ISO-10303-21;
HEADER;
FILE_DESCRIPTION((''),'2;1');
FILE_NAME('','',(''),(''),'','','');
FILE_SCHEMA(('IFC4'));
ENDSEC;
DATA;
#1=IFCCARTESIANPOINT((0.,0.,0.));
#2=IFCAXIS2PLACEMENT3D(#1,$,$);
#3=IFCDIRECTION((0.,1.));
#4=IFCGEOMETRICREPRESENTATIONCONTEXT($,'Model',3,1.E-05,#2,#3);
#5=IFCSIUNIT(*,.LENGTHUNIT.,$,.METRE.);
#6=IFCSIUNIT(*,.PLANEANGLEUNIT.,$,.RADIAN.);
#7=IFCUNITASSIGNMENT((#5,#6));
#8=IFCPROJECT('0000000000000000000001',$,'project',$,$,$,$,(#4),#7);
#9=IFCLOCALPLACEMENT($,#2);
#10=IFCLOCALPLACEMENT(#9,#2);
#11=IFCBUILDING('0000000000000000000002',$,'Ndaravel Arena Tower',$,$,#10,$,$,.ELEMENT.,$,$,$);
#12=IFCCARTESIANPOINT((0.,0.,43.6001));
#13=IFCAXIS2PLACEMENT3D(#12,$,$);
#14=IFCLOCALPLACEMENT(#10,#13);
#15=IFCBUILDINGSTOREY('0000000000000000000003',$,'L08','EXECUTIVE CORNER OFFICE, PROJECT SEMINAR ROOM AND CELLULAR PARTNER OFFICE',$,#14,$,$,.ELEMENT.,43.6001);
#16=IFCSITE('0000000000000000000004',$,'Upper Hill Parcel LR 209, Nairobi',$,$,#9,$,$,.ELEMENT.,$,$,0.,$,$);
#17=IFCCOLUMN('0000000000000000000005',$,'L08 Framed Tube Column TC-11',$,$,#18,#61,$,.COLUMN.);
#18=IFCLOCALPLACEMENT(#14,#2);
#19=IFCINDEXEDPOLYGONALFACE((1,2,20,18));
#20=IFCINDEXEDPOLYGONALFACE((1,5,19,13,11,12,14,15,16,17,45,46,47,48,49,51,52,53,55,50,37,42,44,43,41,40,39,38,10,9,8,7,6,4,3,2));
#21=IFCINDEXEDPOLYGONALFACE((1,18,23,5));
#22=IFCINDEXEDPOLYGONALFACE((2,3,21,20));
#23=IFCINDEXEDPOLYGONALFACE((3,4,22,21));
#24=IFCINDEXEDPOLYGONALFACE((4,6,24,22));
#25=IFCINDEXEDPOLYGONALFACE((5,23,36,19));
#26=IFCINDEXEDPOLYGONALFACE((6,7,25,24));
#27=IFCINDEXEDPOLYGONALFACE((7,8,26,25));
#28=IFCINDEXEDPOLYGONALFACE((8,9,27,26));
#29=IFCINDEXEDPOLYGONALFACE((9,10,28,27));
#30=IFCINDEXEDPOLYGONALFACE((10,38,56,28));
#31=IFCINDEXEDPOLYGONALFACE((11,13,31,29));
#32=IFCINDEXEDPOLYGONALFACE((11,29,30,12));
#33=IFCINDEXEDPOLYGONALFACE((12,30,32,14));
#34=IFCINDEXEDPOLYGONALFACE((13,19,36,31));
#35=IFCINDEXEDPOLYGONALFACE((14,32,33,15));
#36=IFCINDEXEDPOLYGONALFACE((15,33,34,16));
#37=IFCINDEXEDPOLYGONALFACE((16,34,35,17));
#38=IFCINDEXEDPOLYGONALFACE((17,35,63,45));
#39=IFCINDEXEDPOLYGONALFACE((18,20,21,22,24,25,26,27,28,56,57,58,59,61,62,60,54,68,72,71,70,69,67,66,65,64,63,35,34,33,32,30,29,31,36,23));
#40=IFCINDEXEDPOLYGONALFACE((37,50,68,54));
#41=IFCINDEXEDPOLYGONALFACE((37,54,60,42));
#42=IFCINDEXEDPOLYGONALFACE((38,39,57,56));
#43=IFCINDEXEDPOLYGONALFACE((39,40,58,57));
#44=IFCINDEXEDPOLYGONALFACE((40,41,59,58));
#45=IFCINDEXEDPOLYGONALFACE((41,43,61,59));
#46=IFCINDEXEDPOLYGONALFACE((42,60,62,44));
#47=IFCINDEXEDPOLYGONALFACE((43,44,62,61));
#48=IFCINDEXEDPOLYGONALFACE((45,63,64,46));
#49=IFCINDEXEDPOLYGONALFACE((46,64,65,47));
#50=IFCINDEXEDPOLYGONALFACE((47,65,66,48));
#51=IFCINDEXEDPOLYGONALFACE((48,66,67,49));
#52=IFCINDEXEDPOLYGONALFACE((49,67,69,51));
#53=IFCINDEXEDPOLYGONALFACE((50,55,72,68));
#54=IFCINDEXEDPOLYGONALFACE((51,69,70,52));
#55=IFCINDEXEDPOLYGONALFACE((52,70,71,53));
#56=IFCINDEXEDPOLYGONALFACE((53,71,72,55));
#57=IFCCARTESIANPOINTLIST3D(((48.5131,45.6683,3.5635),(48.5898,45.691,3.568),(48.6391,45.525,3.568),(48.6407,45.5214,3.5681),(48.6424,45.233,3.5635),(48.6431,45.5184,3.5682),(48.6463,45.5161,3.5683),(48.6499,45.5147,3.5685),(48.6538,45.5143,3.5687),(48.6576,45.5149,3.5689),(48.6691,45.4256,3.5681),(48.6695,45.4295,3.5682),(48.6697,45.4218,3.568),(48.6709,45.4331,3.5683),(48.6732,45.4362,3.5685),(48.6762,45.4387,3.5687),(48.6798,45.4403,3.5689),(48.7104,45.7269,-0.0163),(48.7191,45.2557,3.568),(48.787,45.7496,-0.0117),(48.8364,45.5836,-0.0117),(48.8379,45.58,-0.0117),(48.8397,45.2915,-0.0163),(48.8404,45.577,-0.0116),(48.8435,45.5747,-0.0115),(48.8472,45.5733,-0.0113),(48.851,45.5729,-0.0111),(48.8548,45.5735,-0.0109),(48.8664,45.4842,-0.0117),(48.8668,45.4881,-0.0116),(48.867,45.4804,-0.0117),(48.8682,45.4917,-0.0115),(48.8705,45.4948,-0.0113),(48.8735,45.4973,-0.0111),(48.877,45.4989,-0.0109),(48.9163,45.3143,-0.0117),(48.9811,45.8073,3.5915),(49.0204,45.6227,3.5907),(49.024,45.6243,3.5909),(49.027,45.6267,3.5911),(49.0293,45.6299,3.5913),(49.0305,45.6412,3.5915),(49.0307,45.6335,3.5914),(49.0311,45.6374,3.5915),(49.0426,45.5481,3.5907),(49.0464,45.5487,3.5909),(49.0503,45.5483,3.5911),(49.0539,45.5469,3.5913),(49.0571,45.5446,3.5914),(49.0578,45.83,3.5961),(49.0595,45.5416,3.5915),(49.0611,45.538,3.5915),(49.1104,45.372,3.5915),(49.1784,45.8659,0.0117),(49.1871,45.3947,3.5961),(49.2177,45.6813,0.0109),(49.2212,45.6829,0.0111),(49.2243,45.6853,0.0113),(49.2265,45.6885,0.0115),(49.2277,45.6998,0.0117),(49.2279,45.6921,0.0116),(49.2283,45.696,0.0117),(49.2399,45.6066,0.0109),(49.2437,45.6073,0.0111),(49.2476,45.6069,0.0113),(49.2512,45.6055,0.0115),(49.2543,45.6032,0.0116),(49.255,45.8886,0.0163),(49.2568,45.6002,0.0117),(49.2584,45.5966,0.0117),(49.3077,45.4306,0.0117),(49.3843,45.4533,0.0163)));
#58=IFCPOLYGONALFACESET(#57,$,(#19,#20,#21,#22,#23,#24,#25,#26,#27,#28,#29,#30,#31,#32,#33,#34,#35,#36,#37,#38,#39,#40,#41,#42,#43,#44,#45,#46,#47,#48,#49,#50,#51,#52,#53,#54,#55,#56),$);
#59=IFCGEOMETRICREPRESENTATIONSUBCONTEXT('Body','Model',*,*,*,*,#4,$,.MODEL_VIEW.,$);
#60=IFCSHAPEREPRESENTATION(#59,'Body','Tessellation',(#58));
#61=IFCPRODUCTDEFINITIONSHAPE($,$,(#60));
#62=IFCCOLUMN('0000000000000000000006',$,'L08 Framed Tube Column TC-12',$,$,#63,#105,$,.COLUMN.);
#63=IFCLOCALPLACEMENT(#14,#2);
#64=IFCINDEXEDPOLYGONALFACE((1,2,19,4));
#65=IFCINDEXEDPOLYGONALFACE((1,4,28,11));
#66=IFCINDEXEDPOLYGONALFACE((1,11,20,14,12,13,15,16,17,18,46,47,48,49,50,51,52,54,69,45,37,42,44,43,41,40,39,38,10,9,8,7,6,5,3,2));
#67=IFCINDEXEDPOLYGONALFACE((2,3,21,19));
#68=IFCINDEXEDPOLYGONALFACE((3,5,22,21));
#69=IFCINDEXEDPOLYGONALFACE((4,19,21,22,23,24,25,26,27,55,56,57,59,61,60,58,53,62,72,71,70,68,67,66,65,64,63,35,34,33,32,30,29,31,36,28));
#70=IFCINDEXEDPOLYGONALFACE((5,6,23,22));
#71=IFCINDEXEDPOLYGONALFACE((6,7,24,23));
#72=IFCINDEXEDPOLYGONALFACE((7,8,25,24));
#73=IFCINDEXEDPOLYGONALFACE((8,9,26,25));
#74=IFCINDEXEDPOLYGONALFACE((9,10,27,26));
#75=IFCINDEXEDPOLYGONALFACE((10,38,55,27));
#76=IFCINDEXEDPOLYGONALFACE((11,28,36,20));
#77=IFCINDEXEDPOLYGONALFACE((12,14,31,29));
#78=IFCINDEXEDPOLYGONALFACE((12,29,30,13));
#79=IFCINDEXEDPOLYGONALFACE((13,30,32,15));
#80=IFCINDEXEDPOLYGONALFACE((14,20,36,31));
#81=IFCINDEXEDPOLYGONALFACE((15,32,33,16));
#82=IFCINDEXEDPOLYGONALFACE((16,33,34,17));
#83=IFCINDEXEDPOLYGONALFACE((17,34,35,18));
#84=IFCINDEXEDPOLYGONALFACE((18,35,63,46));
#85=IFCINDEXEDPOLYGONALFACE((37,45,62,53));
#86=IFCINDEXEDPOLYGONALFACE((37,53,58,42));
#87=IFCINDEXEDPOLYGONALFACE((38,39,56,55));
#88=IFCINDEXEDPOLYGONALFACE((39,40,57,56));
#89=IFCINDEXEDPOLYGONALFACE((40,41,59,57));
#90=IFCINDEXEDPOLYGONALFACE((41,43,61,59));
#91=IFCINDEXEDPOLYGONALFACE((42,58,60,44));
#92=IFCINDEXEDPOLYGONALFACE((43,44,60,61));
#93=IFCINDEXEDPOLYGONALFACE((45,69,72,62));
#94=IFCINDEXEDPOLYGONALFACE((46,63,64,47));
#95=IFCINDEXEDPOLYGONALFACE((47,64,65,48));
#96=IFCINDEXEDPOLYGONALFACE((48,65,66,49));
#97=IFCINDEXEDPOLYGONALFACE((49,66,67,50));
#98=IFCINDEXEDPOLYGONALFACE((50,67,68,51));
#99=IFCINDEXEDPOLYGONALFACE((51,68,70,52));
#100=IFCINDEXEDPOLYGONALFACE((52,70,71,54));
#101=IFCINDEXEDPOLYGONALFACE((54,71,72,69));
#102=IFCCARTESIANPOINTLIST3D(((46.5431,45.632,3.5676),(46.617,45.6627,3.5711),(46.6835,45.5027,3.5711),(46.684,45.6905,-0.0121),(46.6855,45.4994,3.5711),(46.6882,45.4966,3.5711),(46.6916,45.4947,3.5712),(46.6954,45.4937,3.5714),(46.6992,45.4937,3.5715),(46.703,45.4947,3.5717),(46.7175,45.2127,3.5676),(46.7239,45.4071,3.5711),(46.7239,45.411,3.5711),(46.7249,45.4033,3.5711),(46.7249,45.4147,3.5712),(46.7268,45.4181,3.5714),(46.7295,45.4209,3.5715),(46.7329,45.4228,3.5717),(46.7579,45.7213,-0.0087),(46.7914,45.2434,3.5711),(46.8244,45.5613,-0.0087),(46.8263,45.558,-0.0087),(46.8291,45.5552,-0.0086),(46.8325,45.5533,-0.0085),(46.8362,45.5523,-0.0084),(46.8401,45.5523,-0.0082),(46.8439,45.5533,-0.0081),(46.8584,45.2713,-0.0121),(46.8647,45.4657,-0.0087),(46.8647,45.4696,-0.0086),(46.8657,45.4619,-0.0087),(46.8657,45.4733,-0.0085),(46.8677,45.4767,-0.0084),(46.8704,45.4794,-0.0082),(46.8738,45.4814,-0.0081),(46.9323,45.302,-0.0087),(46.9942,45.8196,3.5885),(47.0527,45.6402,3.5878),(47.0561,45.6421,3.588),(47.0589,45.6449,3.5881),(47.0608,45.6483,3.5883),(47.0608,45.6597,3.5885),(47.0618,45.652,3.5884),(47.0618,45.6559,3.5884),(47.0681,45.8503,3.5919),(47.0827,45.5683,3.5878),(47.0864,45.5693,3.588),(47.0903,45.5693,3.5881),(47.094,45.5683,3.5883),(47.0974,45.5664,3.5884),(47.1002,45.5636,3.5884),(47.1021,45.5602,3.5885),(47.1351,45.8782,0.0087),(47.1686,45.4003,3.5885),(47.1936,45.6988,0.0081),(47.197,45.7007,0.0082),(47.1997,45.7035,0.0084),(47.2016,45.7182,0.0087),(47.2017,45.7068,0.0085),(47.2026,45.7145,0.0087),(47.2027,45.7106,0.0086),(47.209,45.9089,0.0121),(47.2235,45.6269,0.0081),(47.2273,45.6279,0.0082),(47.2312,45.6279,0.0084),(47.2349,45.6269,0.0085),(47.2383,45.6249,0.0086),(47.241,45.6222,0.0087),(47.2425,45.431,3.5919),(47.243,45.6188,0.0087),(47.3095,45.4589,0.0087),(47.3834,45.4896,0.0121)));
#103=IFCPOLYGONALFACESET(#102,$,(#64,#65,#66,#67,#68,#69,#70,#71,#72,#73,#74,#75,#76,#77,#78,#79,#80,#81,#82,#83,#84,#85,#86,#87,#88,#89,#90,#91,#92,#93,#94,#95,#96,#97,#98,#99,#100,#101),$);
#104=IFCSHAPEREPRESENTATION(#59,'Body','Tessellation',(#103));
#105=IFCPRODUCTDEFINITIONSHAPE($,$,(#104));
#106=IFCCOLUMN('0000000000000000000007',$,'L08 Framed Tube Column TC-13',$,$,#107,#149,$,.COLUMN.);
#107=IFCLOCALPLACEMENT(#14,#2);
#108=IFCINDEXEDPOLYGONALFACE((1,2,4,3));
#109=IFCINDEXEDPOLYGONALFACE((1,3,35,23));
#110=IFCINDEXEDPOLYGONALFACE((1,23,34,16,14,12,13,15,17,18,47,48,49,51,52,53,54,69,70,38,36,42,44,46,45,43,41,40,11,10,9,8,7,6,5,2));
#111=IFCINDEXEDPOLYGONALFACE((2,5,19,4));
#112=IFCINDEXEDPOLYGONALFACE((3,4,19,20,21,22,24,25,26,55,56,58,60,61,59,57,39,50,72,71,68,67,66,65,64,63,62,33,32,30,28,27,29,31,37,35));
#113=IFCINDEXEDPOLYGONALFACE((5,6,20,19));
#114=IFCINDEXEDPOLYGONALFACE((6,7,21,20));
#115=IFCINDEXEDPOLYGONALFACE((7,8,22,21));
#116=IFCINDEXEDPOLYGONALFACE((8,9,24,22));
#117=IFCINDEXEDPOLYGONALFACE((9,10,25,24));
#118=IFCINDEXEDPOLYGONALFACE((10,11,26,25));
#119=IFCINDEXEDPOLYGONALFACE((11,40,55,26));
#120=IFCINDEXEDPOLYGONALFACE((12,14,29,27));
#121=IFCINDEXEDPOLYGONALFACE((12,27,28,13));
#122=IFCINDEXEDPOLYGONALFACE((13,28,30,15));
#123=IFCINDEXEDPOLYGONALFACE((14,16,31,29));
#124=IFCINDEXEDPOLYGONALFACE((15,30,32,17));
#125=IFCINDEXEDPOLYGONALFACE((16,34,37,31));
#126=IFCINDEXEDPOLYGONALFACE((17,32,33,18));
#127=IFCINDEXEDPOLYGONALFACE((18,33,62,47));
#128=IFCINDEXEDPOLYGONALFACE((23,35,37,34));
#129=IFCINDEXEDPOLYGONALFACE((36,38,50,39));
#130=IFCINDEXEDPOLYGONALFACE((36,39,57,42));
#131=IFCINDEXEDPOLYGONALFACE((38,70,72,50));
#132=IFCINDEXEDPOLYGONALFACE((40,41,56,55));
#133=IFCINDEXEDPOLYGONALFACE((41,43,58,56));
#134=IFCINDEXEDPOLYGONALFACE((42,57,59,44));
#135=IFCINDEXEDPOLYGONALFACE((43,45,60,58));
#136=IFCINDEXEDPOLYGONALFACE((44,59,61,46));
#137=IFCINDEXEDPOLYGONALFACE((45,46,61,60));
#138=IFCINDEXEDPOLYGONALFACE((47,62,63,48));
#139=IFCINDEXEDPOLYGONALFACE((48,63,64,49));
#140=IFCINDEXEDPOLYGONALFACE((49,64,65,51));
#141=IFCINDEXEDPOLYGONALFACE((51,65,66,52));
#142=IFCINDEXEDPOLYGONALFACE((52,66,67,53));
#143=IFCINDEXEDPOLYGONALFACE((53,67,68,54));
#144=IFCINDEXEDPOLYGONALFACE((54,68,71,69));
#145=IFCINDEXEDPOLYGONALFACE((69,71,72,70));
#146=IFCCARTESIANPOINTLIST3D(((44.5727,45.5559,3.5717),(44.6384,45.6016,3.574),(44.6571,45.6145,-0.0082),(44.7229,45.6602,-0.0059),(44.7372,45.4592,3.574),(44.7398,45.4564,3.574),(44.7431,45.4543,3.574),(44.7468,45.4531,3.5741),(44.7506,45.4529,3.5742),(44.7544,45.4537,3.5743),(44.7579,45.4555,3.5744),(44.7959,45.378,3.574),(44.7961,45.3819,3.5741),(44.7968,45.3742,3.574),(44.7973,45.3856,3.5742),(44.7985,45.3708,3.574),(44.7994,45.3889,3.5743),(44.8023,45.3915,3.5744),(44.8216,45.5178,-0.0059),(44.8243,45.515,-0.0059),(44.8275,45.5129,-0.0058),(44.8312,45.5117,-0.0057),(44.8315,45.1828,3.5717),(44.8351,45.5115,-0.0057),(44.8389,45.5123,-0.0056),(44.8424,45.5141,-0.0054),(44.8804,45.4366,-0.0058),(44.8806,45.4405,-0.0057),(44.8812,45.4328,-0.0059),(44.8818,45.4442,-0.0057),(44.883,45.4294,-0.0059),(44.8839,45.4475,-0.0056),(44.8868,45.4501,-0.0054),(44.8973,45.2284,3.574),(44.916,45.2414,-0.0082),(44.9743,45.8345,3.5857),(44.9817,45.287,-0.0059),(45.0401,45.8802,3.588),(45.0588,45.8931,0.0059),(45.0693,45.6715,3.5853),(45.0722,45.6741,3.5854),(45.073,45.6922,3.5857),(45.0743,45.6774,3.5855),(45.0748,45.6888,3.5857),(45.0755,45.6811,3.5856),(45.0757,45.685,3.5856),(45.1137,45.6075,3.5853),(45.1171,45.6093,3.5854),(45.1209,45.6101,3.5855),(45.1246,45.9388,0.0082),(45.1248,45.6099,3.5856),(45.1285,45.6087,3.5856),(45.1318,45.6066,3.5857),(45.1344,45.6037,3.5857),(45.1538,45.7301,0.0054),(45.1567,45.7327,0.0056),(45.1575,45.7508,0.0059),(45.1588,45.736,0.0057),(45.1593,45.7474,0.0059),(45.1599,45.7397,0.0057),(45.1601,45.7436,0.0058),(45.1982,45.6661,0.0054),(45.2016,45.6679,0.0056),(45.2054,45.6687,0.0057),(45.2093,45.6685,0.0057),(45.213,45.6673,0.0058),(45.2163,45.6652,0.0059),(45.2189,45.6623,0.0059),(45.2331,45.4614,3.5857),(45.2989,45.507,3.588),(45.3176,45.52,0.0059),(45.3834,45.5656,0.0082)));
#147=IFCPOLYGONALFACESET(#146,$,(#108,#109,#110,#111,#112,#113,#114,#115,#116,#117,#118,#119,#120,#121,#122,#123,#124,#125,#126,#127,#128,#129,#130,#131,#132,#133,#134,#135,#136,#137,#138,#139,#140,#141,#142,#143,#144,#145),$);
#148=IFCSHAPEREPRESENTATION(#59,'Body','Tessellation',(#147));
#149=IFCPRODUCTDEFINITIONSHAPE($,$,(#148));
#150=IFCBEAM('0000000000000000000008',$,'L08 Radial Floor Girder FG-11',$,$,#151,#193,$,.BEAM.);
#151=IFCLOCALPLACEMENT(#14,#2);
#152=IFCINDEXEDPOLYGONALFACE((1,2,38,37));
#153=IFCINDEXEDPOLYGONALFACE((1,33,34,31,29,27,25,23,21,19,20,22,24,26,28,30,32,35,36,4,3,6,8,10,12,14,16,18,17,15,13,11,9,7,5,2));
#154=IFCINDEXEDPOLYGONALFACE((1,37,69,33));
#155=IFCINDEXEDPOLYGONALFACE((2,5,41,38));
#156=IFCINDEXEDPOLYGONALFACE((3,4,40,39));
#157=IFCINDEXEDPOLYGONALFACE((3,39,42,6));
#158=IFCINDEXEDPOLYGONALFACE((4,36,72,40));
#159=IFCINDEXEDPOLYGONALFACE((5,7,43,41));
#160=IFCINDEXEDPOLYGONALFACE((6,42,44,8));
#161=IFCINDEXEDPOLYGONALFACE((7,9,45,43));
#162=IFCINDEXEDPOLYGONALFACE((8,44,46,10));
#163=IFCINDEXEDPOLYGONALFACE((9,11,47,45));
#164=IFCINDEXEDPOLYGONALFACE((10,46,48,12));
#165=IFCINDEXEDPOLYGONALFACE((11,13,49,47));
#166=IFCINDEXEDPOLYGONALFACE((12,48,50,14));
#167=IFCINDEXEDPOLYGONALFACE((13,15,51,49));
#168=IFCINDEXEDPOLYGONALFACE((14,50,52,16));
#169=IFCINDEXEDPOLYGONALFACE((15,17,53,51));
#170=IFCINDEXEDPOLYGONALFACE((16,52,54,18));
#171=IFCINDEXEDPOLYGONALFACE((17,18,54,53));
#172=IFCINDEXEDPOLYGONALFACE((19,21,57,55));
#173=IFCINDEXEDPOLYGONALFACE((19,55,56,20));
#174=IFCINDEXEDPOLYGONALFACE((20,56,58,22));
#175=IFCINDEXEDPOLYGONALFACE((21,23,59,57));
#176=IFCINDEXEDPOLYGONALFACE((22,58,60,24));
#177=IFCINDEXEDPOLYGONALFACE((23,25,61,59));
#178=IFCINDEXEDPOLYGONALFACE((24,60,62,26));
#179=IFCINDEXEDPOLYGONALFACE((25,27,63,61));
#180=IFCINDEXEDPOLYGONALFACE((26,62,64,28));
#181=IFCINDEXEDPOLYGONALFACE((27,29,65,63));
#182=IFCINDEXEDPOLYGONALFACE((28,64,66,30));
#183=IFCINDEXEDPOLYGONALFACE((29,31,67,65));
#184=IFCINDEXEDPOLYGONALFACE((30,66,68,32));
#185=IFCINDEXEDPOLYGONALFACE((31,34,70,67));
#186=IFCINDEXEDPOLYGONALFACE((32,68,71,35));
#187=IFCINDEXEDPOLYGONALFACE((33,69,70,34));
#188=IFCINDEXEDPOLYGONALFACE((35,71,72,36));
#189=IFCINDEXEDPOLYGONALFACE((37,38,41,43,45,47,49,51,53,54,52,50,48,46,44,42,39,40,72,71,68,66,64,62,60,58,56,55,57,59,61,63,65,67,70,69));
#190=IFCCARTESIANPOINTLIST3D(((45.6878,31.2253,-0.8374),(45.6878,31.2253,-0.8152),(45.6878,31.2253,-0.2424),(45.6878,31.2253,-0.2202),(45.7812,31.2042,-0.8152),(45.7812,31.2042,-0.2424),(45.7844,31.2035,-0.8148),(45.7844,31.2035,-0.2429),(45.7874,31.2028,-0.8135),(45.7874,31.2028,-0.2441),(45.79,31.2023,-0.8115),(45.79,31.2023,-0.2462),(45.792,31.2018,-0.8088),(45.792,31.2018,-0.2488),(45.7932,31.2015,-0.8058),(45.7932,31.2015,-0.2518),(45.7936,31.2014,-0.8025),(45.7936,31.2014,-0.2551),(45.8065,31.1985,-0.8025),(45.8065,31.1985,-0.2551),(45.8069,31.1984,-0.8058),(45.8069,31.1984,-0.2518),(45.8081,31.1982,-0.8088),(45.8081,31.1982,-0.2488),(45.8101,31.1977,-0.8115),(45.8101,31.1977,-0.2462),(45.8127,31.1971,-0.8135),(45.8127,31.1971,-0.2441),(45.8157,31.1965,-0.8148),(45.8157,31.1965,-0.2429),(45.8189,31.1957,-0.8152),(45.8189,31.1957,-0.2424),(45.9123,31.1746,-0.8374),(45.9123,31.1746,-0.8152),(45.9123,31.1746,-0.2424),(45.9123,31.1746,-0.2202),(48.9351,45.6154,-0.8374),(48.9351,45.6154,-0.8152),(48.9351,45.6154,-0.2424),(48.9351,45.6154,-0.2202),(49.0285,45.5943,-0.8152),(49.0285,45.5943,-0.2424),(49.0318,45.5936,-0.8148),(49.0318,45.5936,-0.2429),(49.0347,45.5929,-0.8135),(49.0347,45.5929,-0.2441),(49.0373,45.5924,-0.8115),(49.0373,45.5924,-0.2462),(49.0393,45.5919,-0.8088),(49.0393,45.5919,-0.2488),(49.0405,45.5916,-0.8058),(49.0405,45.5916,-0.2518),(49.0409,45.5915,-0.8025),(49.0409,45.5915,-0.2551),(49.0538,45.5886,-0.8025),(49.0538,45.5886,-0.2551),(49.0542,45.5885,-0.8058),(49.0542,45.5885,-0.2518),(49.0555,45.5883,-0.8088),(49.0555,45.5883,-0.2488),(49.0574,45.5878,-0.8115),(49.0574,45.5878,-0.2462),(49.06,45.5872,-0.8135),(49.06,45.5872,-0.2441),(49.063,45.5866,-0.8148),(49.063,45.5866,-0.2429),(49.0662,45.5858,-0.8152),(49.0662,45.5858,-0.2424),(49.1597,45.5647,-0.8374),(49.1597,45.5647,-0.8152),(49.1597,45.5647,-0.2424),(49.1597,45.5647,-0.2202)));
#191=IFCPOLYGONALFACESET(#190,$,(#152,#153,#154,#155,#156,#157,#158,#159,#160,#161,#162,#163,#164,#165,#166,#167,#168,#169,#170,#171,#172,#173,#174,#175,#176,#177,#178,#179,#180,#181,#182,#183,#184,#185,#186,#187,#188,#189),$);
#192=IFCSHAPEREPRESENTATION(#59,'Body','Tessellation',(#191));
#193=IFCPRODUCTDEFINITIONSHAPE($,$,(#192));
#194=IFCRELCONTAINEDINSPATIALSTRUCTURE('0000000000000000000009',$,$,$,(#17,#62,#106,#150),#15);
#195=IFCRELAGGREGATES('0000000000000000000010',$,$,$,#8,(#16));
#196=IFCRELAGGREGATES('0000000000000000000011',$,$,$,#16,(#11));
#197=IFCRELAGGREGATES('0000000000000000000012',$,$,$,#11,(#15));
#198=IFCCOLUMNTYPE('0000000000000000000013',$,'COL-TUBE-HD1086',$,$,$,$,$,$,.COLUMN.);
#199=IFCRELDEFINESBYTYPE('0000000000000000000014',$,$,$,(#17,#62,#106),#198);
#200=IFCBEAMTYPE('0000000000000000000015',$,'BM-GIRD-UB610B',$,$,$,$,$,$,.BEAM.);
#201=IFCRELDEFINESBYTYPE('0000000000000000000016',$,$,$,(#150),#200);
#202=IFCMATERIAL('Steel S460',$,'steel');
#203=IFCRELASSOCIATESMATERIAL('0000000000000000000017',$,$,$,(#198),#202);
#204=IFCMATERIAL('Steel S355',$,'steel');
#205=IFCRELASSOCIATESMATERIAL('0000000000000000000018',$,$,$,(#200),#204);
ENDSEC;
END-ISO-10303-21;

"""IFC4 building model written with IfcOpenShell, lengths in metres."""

from ifc_helpers import new_model, si_unit, direction, frame, origin, origin_2d, place, context, subcontext, project, spatial, i_section, extrude, material, material_profile, profile_set, type_object, element, save


model = new_model("IFC4")

# Units and contexts
model_context = context("Model", 3, precision=1e-05, world=origin(), true_north=direction((0.0, 1.0)))
body_context = subcontext(model_context, "Body", "Model", "MODEL_VIEW")
ifc_project = project(units=[si_unit("LENGTHUNIT", "METRE"), si_unit("PLANEANGLEUNIT", "RADIAN")], contexts=[model_context])

# Site, building, storey
site_placement = place(None, origin())
site = spatial("IfcSite", under=ifc_project, at=site_placement, Name="Upper Hill Parcel LR 209, Nairobi", CompositionType="ELEMENT", RefElevation=0.0)
building_placement = place(site_placement, origin())
building = spatial("IfcBuilding", under=site, at=building_placement, Name="Ndaravel Arena Tower", CompositionType="ELEMENT")
storey_placement = place(building_placement, frame((0.0, 0.0, 43.6001)))
storey = spatial("IfcBuildingStorey", under=building, at=storey_placement, Name="L08", Description="EXECUTIVE CORNER OFFICE, PROJECT SEMINAR ROOM AND CELLULAR PARTNER OFFICE", CompositionType="ELEMENT", Elevation=43.6001)

# Columns
ifc_material_1 = material(Name="Steel S460", Category="steel")
ifc_material_profile_1 = material_profile(ifc_material_1, i_section(OverallWidth=0.4541, OverallDepth=0.5691, WebThickness=0.0779, FlangeThickness=0.0801, FilletRadius=0.0149, at=origin_2d()), Name="HD 400x1086")
ifc_profile_set_1 = profile_set([ifc_material_profile_1], Name="Steel S460")
column_type = type_object("IfcColumnType", Name="COL-TUBE-HD1086", PredefinedType="COLUMN", material=ifc_profile_set_1)
column_1_placement = place(storey_placement, frame((49.0474, 45.5901, 0.0), z_axis=(-0.055014, -0.016341, 0.998352), x_axis=(0.284735, -0.958606, 0.0)))
element("IfcColumn", 1, at=column_1_placement, inside=storey, type_object=column_type, Name="L08 Framed Tube Column TC-11", PredefinedType="COLUMN", context=body_context, shape_type="SweptSolid", body=[
    extrude(i_section(OverallWidth=0.4541, OverallDepth=0.5691, WebThickness=0.0779, FlangeThickness=0.0801, FilletRadius=0.0149, at=origin_2d()), origin(), (0.0, 0.0, 1.0), 3.5857),
])
column_2_placement = place(storey_placement, frame((47.0337, 45.5901, 0.0), z_axis=(-0.039315, -0.016353, 0.999093), x_axis=(0.384047, -0.923313, 0.0)))
element("IfcColumn", 2, at=column_2_placement, inside=storey, type_object=column_type, Name="L08 Framed Tube Column TC-12", PredefinedType="COLUMN", context=body_context, shape_type="SweptSolid", body=[
    extrude(i_section(OverallWidth=0.4541, OverallDepth=0.5691, WebThickness=0.0779, FlangeThickness=0.0801, FilletRadius=0.0149, at=origin_2d()), origin(), (0.0, 0.0, 1.0), 3.583),
])
column_3_placement = place(storey_placement, frame((45.0203, 45.5901, 0.0), z_axis=(-0.023587, -0.016361, 0.999588), x_axis=(0.569951, -0.821679, 0.0)))
element("IfcColumn", 3, at=column_3_placement, inside=storey, type_object=column_type, Name="L08 Framed Tube Column TC-13", PredefinedType="COLUMN", context=body_context, shape_type="SweptSolid", body=[
    extrude(i_section(OverallWidth=0.4541, OverallDepth=0.5691, WebThickness=0.0779, FlangeThickness=0.0801, FilletRadius=0.0149, at=origin_2d()), origin(), (0.0, 0.0, 1.0), 3.5813),
])

# Beam
ifc_material_2 = material(Name="Steel S355", Category="steel")
ifc_material_profile_2 = material_profile(ifc_material_2, i_section(OverallWidth=0.2302, OverallDepth=0.6172, WebThickness=0.0132, FlangeThickness=0.0222, FilletRadius=0.0127, at=origin_2d()), Name="UB 610x229x140")
ifc_profile_set_2 = profile_set([ifc_material_profile_2], Name="Steel S355")
beam_type_1 = type_object("IfcBeamType", Name="BM-GIRD-UB610B", PredefinedType="BEAM", material=ifc_profile_set_2)
beam_1_placement = place(storey_placement, frame((49.0474, 45.5901, -0.5288), z_axis=(-0.220127, -0.975471, 0.0), x_axis=(0.975471, -0.220127, 0.0)))
element("IfcBeam", 4, at=beam_1_placement, inside=storey, type_object=beam_type_1, Name="L08 Radial Floor Girder FG-11", PredefinedType="BEAM", context=body_context, shape_type="SweptSolid", body=[
    extrude(i_section(OverallWidth=0.2302, OverallDepth=0.6172, WebThickness=0.0132, FlangeThickness=0.0222, FilletRadius=0.0127, at=origin_2d()), origin(), (0.0, 0.0, 1.0), 14.752),
])

save(model, "model.ifc")
